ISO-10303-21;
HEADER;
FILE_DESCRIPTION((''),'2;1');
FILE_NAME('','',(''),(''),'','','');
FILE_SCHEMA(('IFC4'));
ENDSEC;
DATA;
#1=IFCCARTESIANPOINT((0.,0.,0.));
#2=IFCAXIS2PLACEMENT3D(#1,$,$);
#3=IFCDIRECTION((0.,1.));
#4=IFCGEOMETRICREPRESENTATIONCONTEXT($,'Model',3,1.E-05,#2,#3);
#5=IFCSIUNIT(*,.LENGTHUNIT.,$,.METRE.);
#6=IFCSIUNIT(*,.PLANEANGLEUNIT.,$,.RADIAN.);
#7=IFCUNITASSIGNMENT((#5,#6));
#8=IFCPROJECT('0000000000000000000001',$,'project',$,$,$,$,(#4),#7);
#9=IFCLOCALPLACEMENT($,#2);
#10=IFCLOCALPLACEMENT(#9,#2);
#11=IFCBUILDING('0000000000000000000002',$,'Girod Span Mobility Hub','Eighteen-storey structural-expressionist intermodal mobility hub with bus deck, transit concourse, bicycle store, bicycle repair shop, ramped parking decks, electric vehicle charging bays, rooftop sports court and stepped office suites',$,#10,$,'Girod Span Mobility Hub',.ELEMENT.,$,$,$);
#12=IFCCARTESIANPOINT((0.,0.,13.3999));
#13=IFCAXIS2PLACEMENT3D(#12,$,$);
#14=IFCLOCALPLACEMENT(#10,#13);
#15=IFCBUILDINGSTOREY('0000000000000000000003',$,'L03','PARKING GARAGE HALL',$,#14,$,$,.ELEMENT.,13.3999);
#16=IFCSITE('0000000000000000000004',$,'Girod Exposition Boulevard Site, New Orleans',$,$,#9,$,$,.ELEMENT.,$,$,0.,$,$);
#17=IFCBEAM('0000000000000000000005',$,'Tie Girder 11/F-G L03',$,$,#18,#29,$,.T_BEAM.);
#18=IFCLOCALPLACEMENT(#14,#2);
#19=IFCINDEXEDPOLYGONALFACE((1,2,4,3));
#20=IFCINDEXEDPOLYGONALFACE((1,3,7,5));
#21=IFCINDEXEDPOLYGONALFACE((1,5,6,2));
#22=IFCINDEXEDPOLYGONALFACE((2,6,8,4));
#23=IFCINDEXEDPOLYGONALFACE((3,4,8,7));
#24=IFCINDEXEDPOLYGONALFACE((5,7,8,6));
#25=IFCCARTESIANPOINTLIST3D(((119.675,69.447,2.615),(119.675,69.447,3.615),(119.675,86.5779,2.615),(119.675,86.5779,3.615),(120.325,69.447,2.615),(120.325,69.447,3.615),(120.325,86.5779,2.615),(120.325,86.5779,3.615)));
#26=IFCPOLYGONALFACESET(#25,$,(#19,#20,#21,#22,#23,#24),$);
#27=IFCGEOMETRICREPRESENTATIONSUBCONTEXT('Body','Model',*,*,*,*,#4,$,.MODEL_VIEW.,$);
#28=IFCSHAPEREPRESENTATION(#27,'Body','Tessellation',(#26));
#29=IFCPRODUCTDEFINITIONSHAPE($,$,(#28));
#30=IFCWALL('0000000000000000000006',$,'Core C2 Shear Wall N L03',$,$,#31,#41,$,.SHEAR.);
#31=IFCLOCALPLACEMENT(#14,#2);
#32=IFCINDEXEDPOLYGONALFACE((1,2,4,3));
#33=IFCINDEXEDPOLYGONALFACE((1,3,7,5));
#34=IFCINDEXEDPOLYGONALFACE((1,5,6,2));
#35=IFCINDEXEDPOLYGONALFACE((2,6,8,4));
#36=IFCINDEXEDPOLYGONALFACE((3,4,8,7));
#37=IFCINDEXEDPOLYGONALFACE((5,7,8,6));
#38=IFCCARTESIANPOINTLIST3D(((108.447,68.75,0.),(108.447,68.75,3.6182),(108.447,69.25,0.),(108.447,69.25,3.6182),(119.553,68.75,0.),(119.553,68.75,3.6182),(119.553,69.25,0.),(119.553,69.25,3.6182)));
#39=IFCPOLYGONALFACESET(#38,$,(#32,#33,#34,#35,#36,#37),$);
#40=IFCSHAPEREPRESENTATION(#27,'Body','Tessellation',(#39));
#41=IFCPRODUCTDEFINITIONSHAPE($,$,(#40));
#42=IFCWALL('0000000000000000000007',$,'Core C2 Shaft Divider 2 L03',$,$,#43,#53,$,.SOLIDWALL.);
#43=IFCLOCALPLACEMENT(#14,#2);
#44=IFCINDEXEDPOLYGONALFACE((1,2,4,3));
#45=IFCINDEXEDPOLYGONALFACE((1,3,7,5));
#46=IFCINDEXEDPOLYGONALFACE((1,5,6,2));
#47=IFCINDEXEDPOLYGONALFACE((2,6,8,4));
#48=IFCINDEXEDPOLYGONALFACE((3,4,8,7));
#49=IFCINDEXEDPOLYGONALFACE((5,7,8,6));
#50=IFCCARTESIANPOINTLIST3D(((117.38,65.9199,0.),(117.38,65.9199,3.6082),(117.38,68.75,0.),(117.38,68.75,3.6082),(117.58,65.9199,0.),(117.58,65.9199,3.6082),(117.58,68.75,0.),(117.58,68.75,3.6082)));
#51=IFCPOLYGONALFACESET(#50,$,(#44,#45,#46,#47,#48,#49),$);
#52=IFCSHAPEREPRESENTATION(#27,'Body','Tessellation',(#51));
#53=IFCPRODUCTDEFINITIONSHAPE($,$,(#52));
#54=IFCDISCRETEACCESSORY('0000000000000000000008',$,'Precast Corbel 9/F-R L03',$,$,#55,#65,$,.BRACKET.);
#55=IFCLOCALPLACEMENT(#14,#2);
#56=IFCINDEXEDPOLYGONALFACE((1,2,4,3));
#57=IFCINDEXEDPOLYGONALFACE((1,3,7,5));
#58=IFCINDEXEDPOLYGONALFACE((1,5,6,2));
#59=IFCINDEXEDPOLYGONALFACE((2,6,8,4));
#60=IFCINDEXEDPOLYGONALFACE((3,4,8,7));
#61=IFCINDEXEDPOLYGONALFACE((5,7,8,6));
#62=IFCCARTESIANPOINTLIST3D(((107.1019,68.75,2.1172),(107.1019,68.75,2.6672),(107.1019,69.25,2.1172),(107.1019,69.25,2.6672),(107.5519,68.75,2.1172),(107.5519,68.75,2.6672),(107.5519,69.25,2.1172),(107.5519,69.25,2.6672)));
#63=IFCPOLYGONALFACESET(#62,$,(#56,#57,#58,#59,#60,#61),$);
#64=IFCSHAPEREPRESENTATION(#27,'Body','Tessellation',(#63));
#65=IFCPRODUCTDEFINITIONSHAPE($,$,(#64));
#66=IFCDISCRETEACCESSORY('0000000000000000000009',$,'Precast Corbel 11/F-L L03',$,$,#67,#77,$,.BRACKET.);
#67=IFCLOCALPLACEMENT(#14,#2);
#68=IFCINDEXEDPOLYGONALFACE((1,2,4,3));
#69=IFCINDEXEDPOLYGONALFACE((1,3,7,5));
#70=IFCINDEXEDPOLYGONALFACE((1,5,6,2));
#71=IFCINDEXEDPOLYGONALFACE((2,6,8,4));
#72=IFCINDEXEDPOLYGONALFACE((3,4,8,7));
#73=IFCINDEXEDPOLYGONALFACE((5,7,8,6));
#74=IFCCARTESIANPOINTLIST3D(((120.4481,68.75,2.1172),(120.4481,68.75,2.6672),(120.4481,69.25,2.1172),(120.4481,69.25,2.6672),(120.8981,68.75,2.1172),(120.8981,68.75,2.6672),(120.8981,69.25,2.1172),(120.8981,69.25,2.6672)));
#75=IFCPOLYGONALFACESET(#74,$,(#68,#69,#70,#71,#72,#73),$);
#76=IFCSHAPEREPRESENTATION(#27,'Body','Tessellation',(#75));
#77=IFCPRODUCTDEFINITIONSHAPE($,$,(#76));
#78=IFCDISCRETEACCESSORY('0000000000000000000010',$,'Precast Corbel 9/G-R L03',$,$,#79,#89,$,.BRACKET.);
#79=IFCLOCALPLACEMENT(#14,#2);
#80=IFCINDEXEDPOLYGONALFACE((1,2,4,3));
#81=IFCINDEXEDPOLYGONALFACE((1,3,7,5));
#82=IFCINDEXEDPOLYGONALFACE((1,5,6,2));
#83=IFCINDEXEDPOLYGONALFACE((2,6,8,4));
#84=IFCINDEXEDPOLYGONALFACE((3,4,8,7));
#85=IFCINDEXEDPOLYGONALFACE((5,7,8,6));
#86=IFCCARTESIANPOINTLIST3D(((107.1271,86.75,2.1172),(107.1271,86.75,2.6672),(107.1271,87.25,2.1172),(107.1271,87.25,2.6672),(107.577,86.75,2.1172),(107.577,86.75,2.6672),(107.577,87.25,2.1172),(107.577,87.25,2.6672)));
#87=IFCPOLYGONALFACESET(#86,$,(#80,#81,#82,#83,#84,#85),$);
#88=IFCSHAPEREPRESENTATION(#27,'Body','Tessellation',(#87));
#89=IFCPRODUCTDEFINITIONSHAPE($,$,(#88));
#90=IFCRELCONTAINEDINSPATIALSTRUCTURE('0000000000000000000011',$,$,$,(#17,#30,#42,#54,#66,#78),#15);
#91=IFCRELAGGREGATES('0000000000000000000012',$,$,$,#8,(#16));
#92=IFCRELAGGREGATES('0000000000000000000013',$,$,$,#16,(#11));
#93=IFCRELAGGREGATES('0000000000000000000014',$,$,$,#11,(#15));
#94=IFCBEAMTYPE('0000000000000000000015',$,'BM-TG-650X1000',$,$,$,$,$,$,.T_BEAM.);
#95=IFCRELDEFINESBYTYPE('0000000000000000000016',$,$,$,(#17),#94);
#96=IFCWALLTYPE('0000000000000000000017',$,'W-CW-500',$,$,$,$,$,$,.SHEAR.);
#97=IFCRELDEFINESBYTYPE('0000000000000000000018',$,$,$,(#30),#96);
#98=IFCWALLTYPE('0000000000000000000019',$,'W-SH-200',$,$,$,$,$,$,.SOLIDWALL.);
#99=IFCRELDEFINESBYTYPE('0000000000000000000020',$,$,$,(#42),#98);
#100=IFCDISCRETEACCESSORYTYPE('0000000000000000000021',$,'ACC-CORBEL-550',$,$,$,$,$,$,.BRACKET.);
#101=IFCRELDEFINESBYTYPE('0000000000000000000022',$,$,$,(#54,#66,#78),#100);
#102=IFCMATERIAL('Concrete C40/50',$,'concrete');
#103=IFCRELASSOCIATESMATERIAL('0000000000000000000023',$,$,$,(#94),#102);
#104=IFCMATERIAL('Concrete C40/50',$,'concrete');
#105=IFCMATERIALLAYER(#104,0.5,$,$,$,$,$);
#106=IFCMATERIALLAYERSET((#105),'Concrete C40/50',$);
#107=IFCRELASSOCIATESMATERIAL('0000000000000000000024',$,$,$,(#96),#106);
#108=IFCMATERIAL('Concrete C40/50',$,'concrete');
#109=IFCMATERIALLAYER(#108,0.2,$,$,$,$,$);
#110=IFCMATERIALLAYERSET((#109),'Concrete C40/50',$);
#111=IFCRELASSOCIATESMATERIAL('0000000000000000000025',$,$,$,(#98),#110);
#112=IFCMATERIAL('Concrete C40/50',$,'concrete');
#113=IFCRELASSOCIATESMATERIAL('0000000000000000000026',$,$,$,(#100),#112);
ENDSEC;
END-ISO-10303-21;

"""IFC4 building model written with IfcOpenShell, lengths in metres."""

from ifc_helpers import new_model, si_unit, direction, frame, frame_2d, origin, origin_2d, place, context, subcontext, project, spatial, rectangle, extrude, material, layer, layer_set, material_profile, profile_set, type_object, element, save


model = new_model("IFC4")

# Units and contexts
model_context = context("Model", 3, precision=1e-05, world=origin(), true_north=direction((0.0, 1.0)))
body_context = subcontext(model_context, "Body", "Model", "MODEL_VIEW")
ifc_project = project(units=[si_unit("LENGTHUNIT", "METRE"), si_unit("PLANEANGLEUNIT", "RADIAN")], contexts=[model_context])

# Site, building, storey
site_placement = place(None, origin())
site = spatial("IfcSite", under=ifc_project, at=site_placement, Name="Girod Exposition Boulevard Site, New Orleans", CompositionType="ELEMENT", RefElevation=0.0)
building_placement = place(site_placement, origin())
building = spatial("IfcBuilding", under=site, at=building_placement, Name="Girod Span Mobility Hub", Description="Eighteen-storey structural-expressionist intermodal mobility hub with bus deck, transit concourse, bicycle store, bicycle repair shop, ramped parking decks, electric vehicle charging bays, rooftop sports court and stepped office suites", LongName="Girod Span Mobility Hub", CompositionType="ELEMENT")
storey_placement = place(building_placement, frame((0.0, 0.0, 13.3999)))
storey = spatial("IfcBuildingStorey", under=building, at=storey_placement, Name="L03", Description="PARKING GARAGE HALL", CompositionType="ELEMENT", Elevation=13.3999)

# Beam
ifc_material_1 = material(Name="Concrete C40/50", Category="concrete")
ifc_material_profile_1 = material_profile(ifc_material_1, rectangle(XDim=0.6499, YDim=1.0, at=origin_2d()), Name="TG-650X1000")
ifc_profile_set_1 = profile_set([ifc_material_profile_1], Name="Concrete C40/50")
beam_type_1 = type_object("IfcBeamType", Name="BM-TG-650X1000", PredefinedType="T_BEAM", material=ifc_profile_set_1)
for number, where, z_axis, x_axis, name in (
    (1, (120.0, 69.447, 3.115), (0.0, 1.0, 0.0), (-1.0, 0.0, 0.0), "Tie Girder 11/F-G L03"),
):
    element("IfcBeam", number, at=place(storey_placement, frame(where, z_axis=z_axis, x_axis=x_axis)), inside=storey, type_object=beam_type_1, Name=name, PredefinedType="T_BEAM", context=body_context, shape_type="SweptSolid", body=[
        extrude(rectangle(XDim=0.6499, YDim=1.0, at=origin_2d()), origin(), (0.0, 0.0, 1.0), 17.1309),
    ])

# Walls
ifc_material_2 = material(Name="Concrete C40/50", Category="concrete")
ifc_layer_1 = layer(ifc_material_2, 0.5)
ifc_layer_set_1 = layer_set([ifc_layer_1], Name="Concrete C40/50")
wall_type_1 = type_object("IfcWallType", Name="W-CW-500", PredefinedType="SHEAR", material=ifc_layer_set_1)
wall_1_placement = place(storey_placement, frame((108.447, 69.0, 0.0), z_axis=(0.0, 0.0, 1.0), x_axis=(1.0, 0.0, 0.0)))
element("IfcWall", 2, at=wall_1_placement, inside=storey, type_object=wall_type_1, Name="Core C2 Shear Wall N L03", PredefinedType="SHEAR", context=body_context, shape_type="SweptSolid", body=[
    extrude(rectangle(XDim=11.106, YDim=0.5, at=frame_2d((5.553, 0.0))), origin(), (0.0, 0.0, 1.0), 3.6182),
])
ifc_material_3 = material(Name="Concrete C40/50", Category="concrete")
ifc_layer_2 = layer(ifc_material_3, 0.2)
ifc_layer_set_2 = layer_set([ifc_layer_2], Name="Concrete C40/50")
wall_type_2 = type_object("IfcWallType", Name="W-SH-200", PredefinedType="SOLIDWALL", material=ifc_layer_set_2)
wall_2_placement = place(storey_placement, frame((117.48, 65.9199, 0.0), z_axis=(0.0, 0.0, 1.0), x_axis=(0.0, 1.0, 0.0)))
element("IfcWall", 3, at=wall_2_placement, inside=storey, type_object=wall_type_2, Name="Core C2 Shaft Divider 2 L03", PredefinedType="SOLIDWALL", context=body_context, shape_type="SweptSolid", body=[
    extrude(rectangle(XDim=2.8301, YDim=0.2, at=frame_2d((1.415, 0.0))), origin(), (0.0, 0.0, 1.0), 3.6082),
])

# Discrete accessories
ifc_material_4 = material(Name="Concrete C40/50", Category="concrete")
discrete_accessory_type = type_object("IfcDiscreteAccessoryType", Name="ACC-CORBEL-550", PredefinedType="BRACKET", material=ifc_material_4)
for number, where, z_axis, x_axis, name in (
    (4, (107.3269, 69.0, 2.1172), (0.0, 0.0, 1.0), (1.0, 0.0, 0.0), "Precast Corbel 9/F-R L03"),
    (5, (120.6731, 69.0, 2.1172), (0.0, 0.0, 1.0), (1.0, 0.0, 0.0), "Precast Corbel 11/F-L L03"),
    (6, (107.3521, 87.0, 2.1172), (0.0, 0.0, 1.0), (1.0, 0.0, 0.0), "Precast Corbel 9/G-R L03"),
):
    element("IfcDiscreteAccessory", number, at=place(storey_placement, frame(where, z_axis=z_axis, x_axis=x_axis)), inside=storey, type_object=discrete_accessory_type, Name=name, PredefinedType="BRACKET", context=body_context, shape_type="SweptSolid", body=[
        extrude(rectangle(XDim=0.45, YDim=0.5, at=origin_2d()), origin(), (0.0, 0.0, 1.0), 0.55),
    ])

save(model, "model.ifc")
